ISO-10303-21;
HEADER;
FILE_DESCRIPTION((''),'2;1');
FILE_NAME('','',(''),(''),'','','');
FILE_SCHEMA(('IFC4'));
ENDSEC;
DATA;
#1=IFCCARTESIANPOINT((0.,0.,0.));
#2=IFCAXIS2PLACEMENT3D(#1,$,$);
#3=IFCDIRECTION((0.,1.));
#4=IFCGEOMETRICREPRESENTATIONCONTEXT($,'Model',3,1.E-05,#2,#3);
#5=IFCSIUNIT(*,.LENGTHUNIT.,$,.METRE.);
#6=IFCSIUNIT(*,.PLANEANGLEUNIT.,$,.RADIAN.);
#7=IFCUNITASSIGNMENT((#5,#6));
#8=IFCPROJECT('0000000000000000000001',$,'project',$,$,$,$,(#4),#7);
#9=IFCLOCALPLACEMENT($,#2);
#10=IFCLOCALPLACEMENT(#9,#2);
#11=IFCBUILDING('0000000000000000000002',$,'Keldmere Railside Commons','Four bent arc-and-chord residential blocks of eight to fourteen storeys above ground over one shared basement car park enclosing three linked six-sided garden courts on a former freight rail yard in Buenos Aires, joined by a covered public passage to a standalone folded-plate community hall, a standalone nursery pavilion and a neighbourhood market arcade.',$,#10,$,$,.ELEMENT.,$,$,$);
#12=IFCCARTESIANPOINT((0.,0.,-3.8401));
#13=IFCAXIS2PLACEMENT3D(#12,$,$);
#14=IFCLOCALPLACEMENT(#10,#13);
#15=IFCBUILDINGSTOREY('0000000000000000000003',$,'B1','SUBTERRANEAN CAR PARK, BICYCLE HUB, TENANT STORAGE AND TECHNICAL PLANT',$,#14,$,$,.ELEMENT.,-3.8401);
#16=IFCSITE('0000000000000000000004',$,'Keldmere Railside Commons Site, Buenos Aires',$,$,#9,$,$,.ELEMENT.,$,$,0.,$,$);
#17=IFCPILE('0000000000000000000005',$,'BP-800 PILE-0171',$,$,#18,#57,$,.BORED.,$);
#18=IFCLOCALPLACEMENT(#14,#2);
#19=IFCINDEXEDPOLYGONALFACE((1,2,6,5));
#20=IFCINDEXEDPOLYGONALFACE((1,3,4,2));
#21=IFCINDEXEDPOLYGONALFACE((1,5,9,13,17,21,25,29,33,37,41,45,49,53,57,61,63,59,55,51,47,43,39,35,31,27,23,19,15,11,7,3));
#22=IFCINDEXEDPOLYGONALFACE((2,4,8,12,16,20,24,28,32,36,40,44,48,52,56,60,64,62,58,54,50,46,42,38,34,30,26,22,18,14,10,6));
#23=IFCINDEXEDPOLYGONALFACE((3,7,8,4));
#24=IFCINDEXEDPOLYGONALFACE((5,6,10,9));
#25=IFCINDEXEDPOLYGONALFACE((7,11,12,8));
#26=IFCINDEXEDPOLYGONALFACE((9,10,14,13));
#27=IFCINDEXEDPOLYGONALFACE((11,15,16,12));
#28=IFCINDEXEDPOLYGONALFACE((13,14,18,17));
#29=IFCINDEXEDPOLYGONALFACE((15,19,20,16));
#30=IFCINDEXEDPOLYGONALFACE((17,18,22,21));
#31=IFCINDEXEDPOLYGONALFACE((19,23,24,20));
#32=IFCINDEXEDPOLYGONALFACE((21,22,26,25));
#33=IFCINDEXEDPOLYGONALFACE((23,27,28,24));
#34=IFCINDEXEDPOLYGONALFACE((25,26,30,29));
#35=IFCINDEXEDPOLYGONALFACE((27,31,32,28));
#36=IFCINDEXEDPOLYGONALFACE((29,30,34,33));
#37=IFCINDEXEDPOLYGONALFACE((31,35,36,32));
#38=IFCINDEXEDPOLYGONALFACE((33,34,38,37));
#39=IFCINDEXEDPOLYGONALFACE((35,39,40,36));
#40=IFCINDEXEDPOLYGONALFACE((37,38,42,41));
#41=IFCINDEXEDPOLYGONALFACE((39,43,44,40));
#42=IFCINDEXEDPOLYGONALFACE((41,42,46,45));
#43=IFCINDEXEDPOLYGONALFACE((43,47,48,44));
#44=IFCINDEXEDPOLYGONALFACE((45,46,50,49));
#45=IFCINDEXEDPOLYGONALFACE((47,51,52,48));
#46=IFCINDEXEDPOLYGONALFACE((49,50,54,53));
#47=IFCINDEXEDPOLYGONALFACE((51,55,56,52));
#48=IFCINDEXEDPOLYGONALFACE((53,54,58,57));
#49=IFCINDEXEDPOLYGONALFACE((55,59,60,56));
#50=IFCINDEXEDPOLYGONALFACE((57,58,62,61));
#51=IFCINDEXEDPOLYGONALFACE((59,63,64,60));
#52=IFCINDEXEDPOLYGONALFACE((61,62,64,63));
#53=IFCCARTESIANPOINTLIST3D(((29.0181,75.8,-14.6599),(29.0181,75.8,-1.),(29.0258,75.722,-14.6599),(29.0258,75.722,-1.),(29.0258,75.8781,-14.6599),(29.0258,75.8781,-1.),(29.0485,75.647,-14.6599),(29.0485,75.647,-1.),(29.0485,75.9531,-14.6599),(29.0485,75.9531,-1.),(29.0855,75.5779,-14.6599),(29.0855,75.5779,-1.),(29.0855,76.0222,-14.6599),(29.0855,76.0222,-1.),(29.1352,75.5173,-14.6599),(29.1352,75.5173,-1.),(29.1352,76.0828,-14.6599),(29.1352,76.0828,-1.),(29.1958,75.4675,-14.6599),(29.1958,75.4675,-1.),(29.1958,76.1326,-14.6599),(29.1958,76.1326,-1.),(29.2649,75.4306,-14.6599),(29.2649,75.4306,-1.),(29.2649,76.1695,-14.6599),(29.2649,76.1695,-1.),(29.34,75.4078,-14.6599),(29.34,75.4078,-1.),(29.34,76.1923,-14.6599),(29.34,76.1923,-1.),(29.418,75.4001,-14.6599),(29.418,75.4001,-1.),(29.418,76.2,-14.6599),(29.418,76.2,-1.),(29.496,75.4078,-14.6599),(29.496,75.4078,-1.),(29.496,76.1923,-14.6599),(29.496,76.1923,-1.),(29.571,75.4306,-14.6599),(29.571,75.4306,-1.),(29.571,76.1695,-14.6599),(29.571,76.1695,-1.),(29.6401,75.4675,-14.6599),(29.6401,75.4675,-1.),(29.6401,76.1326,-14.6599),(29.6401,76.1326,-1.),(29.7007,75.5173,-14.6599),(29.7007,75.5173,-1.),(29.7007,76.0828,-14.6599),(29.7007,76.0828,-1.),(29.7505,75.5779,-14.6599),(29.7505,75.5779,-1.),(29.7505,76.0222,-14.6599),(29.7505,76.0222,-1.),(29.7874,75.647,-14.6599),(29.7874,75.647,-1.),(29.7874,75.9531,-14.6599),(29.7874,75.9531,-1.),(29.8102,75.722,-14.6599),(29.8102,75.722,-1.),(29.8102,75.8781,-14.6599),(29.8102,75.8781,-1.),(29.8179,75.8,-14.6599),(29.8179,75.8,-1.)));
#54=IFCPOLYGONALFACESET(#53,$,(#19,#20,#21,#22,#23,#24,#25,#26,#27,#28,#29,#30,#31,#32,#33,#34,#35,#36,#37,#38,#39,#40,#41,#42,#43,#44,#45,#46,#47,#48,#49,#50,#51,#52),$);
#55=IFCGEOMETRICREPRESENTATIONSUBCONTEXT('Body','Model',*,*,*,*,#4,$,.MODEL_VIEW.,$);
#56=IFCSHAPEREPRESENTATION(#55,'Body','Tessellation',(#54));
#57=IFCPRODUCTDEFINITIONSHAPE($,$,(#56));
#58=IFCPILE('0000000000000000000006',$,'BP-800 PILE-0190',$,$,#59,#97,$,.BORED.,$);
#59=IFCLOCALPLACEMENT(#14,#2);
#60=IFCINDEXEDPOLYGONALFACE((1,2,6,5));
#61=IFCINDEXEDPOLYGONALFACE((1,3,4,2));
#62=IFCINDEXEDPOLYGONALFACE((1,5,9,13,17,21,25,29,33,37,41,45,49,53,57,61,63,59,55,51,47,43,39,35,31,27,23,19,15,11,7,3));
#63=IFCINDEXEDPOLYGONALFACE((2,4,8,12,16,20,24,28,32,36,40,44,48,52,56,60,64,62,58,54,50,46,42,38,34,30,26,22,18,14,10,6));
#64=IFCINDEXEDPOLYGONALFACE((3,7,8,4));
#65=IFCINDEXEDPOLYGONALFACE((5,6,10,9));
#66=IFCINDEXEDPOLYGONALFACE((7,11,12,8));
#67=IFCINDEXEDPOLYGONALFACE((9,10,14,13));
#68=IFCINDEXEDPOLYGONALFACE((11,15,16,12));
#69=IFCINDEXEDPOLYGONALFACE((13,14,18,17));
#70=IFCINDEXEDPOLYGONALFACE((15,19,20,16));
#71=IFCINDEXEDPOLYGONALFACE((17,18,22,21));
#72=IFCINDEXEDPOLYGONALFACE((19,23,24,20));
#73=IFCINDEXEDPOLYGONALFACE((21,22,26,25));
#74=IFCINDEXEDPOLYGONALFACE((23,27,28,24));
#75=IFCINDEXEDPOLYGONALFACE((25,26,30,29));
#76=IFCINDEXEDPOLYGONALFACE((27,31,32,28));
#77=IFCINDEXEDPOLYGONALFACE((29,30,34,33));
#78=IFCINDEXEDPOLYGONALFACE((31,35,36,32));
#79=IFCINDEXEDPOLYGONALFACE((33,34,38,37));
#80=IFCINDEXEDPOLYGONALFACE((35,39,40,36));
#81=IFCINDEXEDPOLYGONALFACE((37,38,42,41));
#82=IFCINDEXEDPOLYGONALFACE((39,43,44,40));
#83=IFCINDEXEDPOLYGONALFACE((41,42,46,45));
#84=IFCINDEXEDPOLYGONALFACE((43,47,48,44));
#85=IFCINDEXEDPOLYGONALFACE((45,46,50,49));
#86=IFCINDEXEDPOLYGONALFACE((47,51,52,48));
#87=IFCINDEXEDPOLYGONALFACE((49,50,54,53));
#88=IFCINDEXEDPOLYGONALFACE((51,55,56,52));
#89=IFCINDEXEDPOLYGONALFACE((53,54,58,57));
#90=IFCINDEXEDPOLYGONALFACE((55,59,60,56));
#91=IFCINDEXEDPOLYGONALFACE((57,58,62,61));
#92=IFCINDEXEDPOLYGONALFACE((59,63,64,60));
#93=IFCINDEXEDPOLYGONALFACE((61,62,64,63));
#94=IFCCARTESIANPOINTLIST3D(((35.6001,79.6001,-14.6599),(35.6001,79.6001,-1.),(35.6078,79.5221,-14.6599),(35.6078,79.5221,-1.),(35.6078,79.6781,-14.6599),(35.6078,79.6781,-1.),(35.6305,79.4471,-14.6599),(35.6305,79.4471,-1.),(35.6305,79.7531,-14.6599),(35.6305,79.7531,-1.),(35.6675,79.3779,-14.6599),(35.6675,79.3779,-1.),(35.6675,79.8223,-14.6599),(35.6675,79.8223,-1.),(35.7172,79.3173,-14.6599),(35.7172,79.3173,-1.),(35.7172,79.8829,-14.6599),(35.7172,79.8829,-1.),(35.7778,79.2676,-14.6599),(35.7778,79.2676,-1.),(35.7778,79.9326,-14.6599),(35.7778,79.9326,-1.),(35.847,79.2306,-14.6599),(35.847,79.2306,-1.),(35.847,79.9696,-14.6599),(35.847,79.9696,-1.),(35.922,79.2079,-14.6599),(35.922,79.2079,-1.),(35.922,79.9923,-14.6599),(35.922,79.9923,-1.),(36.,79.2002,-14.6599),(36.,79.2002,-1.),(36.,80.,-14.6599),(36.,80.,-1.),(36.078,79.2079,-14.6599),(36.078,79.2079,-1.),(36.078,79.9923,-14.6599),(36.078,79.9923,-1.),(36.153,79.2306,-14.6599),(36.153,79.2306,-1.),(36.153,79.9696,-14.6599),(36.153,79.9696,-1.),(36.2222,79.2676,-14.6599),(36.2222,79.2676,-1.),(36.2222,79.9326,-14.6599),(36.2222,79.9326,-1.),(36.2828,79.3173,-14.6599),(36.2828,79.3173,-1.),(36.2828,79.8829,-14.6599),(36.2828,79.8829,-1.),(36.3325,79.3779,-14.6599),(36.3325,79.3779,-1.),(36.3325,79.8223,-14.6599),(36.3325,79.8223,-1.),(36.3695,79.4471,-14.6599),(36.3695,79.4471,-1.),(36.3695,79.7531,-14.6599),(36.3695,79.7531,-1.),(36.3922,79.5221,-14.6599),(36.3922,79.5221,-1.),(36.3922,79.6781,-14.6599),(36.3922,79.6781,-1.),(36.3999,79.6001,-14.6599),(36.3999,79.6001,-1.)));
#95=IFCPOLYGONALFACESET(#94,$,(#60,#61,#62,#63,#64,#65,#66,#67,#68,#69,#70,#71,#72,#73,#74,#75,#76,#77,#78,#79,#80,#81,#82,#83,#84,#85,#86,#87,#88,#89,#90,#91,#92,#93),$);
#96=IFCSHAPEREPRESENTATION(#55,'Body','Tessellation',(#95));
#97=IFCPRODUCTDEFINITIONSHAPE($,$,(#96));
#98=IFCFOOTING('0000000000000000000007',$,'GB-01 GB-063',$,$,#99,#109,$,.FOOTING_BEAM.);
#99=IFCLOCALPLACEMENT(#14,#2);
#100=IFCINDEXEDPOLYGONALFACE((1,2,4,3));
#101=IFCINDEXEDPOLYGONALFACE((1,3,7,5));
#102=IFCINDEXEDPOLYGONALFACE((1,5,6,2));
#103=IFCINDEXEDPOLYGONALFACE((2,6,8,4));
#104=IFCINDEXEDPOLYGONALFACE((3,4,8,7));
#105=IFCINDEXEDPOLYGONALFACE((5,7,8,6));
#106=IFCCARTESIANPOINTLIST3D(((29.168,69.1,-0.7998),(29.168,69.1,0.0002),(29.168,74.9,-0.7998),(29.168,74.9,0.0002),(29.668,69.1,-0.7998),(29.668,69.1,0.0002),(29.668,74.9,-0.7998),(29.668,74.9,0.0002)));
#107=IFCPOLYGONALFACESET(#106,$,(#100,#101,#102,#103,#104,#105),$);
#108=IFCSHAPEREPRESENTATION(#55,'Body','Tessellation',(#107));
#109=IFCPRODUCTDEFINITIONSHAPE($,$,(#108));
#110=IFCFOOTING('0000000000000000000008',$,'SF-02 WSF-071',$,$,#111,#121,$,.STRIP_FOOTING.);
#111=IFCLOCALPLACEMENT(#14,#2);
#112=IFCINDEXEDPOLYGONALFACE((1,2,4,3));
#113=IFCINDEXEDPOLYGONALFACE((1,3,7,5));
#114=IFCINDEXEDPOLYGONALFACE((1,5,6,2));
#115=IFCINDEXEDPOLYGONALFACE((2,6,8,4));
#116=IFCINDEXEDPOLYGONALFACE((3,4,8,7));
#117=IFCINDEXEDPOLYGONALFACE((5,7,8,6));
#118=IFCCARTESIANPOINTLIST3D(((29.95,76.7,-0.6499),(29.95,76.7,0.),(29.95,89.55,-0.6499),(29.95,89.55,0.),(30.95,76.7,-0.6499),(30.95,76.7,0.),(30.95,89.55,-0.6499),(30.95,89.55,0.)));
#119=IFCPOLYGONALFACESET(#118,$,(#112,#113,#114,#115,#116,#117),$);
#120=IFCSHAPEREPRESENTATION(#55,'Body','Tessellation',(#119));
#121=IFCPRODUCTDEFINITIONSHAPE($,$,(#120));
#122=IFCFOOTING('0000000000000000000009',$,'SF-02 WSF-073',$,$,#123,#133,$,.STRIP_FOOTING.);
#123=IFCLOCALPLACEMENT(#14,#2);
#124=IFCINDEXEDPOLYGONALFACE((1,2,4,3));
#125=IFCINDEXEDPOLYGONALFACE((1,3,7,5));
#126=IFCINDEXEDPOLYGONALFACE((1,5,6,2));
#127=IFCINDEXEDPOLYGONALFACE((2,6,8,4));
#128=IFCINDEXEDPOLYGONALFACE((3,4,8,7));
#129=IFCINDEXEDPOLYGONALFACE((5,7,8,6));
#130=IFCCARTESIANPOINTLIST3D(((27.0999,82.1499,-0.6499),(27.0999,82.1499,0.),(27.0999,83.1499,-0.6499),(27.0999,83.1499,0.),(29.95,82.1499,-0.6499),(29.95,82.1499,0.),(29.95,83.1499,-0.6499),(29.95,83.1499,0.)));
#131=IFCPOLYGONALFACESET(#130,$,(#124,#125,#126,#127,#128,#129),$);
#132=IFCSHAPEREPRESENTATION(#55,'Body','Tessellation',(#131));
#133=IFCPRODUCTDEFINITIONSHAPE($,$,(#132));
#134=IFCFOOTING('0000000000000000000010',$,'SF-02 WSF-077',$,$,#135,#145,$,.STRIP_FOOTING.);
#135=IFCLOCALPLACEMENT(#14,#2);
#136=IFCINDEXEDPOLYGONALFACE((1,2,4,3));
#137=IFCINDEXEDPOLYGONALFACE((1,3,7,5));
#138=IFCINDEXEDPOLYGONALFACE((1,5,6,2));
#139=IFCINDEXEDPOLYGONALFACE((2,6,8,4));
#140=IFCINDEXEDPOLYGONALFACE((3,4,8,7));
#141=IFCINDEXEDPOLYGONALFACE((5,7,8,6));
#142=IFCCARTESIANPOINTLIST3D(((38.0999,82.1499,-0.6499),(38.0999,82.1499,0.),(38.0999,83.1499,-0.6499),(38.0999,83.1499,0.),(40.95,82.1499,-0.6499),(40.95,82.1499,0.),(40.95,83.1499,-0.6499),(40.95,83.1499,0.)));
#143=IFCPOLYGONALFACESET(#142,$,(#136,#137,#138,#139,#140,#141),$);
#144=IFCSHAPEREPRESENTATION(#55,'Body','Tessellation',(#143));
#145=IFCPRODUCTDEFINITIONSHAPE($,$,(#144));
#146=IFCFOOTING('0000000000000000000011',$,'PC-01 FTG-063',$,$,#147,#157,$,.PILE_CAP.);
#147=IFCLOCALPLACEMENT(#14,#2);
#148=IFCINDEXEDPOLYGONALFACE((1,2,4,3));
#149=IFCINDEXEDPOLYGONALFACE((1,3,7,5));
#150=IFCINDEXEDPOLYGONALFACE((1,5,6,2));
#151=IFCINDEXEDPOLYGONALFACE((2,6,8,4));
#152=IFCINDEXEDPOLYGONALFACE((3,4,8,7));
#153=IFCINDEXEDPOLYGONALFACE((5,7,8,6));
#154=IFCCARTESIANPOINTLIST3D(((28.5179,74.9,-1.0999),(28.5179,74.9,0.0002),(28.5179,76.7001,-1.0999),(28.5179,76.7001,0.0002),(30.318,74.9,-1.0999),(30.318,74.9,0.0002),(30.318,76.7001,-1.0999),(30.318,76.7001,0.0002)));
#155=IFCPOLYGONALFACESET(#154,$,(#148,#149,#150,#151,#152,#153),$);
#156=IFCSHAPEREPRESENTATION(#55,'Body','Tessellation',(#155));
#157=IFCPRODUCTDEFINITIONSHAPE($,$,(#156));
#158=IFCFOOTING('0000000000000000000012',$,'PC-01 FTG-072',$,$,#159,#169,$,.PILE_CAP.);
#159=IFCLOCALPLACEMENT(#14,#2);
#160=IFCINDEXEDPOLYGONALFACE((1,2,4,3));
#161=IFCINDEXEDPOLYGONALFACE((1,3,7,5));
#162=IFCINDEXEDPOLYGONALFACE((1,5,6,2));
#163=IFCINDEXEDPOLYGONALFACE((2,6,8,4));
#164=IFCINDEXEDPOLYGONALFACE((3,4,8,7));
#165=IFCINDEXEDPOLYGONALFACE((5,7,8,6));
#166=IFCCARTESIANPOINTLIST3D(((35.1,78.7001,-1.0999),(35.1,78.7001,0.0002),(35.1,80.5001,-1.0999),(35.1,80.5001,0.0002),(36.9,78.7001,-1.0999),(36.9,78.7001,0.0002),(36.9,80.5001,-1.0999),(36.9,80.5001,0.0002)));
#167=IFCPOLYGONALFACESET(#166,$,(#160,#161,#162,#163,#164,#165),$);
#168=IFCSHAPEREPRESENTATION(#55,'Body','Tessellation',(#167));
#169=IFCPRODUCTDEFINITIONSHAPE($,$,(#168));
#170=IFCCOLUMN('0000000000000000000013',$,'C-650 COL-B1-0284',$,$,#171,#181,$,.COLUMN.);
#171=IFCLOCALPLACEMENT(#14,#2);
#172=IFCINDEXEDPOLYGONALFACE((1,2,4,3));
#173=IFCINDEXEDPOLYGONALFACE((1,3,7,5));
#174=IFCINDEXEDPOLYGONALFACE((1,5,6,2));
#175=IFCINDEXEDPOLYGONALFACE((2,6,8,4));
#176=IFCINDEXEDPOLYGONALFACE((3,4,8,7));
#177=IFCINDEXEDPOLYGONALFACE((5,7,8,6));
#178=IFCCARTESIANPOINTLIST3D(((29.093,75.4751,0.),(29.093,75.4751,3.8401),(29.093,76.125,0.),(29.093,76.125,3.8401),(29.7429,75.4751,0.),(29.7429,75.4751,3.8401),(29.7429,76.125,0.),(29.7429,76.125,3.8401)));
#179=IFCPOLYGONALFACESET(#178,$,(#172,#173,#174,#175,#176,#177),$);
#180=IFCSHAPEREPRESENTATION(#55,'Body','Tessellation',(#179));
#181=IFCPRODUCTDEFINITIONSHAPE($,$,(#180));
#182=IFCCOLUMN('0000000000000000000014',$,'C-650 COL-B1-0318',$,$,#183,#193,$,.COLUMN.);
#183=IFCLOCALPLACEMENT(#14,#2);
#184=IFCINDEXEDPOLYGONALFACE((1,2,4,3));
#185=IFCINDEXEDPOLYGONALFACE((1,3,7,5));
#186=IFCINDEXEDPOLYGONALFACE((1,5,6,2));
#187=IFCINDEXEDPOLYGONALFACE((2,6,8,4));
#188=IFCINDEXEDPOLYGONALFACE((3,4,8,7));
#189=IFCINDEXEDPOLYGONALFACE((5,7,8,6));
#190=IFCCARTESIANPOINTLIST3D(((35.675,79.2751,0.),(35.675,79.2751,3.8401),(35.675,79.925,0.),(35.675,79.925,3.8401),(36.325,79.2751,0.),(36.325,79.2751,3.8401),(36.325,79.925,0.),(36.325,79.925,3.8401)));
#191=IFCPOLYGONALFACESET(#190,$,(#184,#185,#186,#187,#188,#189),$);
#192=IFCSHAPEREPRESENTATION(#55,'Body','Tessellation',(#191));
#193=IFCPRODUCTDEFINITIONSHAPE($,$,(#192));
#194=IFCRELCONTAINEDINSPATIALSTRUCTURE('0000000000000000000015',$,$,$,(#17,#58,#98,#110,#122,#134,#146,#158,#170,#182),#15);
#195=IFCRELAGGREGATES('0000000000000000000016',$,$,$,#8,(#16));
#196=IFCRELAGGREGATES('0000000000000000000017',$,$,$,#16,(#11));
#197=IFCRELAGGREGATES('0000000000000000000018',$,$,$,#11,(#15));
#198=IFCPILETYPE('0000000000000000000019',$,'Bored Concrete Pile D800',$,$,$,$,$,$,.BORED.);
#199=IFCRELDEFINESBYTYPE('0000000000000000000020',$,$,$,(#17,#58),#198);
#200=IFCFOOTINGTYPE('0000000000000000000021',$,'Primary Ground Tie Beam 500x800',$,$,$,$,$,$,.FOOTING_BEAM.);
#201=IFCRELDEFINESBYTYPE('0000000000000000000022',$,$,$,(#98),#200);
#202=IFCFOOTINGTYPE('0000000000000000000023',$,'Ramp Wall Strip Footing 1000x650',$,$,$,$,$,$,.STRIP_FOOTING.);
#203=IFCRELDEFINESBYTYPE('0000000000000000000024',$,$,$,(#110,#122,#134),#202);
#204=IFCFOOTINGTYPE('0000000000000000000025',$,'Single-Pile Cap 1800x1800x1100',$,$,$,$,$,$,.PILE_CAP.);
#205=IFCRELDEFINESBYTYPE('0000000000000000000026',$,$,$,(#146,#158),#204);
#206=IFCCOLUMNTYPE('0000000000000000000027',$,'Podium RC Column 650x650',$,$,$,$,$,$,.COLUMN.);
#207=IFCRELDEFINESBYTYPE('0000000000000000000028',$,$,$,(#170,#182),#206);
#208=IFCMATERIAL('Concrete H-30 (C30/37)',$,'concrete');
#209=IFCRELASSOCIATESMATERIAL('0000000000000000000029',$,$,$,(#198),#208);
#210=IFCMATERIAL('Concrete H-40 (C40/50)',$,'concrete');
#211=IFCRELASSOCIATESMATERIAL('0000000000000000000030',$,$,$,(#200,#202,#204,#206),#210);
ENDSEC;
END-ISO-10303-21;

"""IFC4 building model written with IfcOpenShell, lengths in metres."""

from ifc_helpers import new_model, si_unit, direction, frame, origin, origin_2d, place, context, subcontext, project, spatial, rectangle, circle, extrude, material, material_profile, profile_set, type_object, element, save


model = new_model("IFC4")

# Units and contexts
model_context = context("Model", 3, precision=1e-05, world=origin(), true_north=direction((0.0, 1.0)))
body_context = subcontext(model_context, "Body", "Model", "MODEL_VIEW")
ifc_project = project(units=[si_unit("LENGTHUNIT", "METRE"), si_unit("PLANEANGLEUNIT", "RADIAN")], contexts=[model_context])

# Site, building, storey
site_placement = place(None, origin())
site = spatial("IfcSite", under=ifc_project, at=site_placement, Name="Keldmere Railside Commons Site, Buenos Aires", CompositionType="ELEMENT", RefElevation=0.0)
building_placement = place(site_placement, origin())
building = spatial("IfcBuilding", under=site, at=building_placement, Name="Keldmere Railside Commons", Description="Four bent arc-and-chord residential blocks of eight to fourteen storeys above ground over one shared basement car park enclosing three linked six-sided garden courts on a former freight rail yard in Buenos Aires, joined by a covered public passage to a standalone folded-plate community hall, a standalone nursery pavilion and a neighbourhood market arcade.", CompositionType="ELEMENT")
storey_placement = place(building_placement, frame((0.0, 0.0, -3.8401)))
storey = spatial("IfcBuildingStorey", under=building, at=storey_placement, Name="B1", Description="SUBTERRANEAN CAR PARK, BICYCLE HUB, TENANT STORAGE AND TECHNICAL PLANT", CompositionType="ELEMENT", Elevation=-3.8401)

# Piles
ifc_material_1 = material(Name="Concrete H-30 (C30/37)", Category="concrete")
ifc_material_profile_1 = material_profile(ifc_material_1, circle(Radius=0.3999, at=origin_2d()), Name="PILE-D800")
ifc_profile_set_1 = profile_set([ifc_material_profile_1], Name="Concrete H-30 (C30/37)")
pile_type = type_object("IfcPileType", Name="Bored Concrete Pile D800", PredefinedType="BORED", material=ifc_profile_set_1)
for number, where, z_axis, x_axis, name in (
    (1, (29.418, 75.8, -1.0), (0.0, 0.0, -1.0), (1.0, 0.0, 0.0), "BP-800 PILE-0171"),
    (2, (36.0, 79.6001, -1.0), (0.0, 0.0, -1.0), (1.0, 0.0, 0.0), "BP-800 PILE-0190"),
):
    element("IfcPile", number, at=place(storey_placement, frame(where, z_axis=z_axis, x_axis=x_axis)), inside=storey, type_object=pile_type, Name=name, PredefinedType="BORED", context=body_context, shape_type="SweptSolid", body=[
        extrude(circle(Radius=0.3999, at=origin_2d()), origin(), (0.0, 0.0, 1.0), 13.6599),
    ])

# Footings
ifc_material_2 = material(Name="Concrete H-40 (C40/50)", Category="concrete")
footing_type_1 = type_object("IfcFootingType", Name="Primary Ground Tie Beam 500x800", PredefinedType="FOOTING_BEAM", material=ifc_material_2)
footing_1_placement = place(storey_placement, frame((29.418, 72.0, -0.7998), z_axis=(0.0, 0.0, 1.0), x_axis=(0.0, 1.0, 0.0)))
element("IfcFooting", 3, at=footing_1_placement, inside=storey, type_object=footing_type_1, Name="GB-01 GB-063", PredefinedType="FOOTING_BEAM", context=body_context, shape_type="SweptSolid", body=[
    extrude(rectangle(XDim=5.8, YDim=0.5, at=origin_2d()), origin(), (0.0, 0.0, 1.0), 0.8),
])
footing_type_2 = type_object("IfcFootingType", Name="Ramp Wall Strip Footing 1000x650", PredefinedType="STRIP_FOOTING", material=ifc_material_2)
footing_2_placement = place(storey_placement, frame((30.45, 83.125, -0.6499), z_axis=(0.0, 0.0, 1.0), x_axis=(0.0, 1.0, 0.0)))
element("IfcFooting", 4, at=footing_2_placement, inside=storey, type_object=footing_type_2, Name="SF-02 WSF-071", PredefinedType="STRIP_FOOTING", context=body_context, shape_type="SweptSolid", body=[
    extrude(rectangle(XDim=12.8501, YDim=1.0, at=origin_2d()), origin(), (0.0, 0.0, 1.0), 0.6499),
])
for number, where, z_axis, x_axis, name in (
    (5, (28.5249, 82.6499, -0.6499), (0.0, 0.0, 1.0), (1.0, 0.0, 0.0), "SF-02 WSF-073"),
    (6, (39.5249, 82.6499, -0.6499), (0.0, 0.0, 1.0), (1.0, 0.0, 0.0), "SF-02 WSF-077"),
):
    element("IfcFooting", number, at=place(storey_placement, frame(where, z_axis=z_axis, x_axis=x_axis)), inside=storey, type_object=footing_type_2, Name=name, PredefinedType="STRIP_FOOTING", context=body_context, shape_type="SweptSolid", body=[
        extrude(rectangle(XDim=2.8501, YDim=1.0, at=origin_2d()), origin(), (0.0, 0.0, 1.0), 0.6499),
    ])
footing_type_3 = type_object("IfcFootingType", Name="Single-Pile Cap 1800x1800x1100", PredefinedType="PILE_CAP", material=ifc_material_2)
for number, where, z_axis, x_axis, name in (
    (7, (29.418, 75.8, -1.0999), (0.0, 0.0, 1.0), (1.0, 0.0, 0.0), "PC-01 FTG-063"),
    (8, (36.0, 79.6001, -1.0999), (0.0, 0.0, 1.0), (1.0, 0.0, 0.0), "PC-01 FTG-072"),
):
    element("IfcFooting", number, at=place(storey_placement, frame(where, z_axis=z_axis, x_axis=x_axis)), inside=storey, type_object=footing_type_3, Name=name, PredefinedType="PILE_CAP", context=body_context, shape_type="SweptSolid", body=[
        extrude(rectangle(XDim=1.8, YDim=1.8, at=origin_2d()), origin(), (0.0, 0.0, 1.0), 1.1001),
    ])

# Columns
ifc_material_profile_2 = material_profile(ifc_material_2, rectangle(XDim=0.6499, YDim=0.6499, at=origin_2d()), Name="RC-650x650")
ifc_profile_set_2 = profile_set([ifc_material_profile_2], Name="Concrete H-40 (C40/50)")
column_type = type_object("IfcColumnType", Name="Podium RC Column 650x650", PredefinedType="COLUMN", material=ifc_profile_set_2)
for number, where, z_axis, x_axis, name in (
    (9, (29.418, 75.8, 0.0), (0.0, 0.0, 1.0), (1.0, 0.0, 0.0), "C-650 COL-B1-0284"),
    (10, (36.0, 79.6001, 0.0), (0.0, 0.0, 1.0), (1.0, 0.0, 0.0), "C-650 COL-B1-0318"),
):
    element("IfcColumn", number, at=place(storey_placement, frame(where, z_axis=z_axis, x_axis=x_axis)), inside=storey, type_object=column_type, Name=name, PredefinedType="COLUMN", context=body_context, shape_type="SweptSolid", body=[
        extrude(rectangle(XDim=0.6499, YDim=0.6499, at=origin_2d()), origin(), (0.0, 0.0, 1.0), 3.8401),
    ])

save(model, "model.ifc")
